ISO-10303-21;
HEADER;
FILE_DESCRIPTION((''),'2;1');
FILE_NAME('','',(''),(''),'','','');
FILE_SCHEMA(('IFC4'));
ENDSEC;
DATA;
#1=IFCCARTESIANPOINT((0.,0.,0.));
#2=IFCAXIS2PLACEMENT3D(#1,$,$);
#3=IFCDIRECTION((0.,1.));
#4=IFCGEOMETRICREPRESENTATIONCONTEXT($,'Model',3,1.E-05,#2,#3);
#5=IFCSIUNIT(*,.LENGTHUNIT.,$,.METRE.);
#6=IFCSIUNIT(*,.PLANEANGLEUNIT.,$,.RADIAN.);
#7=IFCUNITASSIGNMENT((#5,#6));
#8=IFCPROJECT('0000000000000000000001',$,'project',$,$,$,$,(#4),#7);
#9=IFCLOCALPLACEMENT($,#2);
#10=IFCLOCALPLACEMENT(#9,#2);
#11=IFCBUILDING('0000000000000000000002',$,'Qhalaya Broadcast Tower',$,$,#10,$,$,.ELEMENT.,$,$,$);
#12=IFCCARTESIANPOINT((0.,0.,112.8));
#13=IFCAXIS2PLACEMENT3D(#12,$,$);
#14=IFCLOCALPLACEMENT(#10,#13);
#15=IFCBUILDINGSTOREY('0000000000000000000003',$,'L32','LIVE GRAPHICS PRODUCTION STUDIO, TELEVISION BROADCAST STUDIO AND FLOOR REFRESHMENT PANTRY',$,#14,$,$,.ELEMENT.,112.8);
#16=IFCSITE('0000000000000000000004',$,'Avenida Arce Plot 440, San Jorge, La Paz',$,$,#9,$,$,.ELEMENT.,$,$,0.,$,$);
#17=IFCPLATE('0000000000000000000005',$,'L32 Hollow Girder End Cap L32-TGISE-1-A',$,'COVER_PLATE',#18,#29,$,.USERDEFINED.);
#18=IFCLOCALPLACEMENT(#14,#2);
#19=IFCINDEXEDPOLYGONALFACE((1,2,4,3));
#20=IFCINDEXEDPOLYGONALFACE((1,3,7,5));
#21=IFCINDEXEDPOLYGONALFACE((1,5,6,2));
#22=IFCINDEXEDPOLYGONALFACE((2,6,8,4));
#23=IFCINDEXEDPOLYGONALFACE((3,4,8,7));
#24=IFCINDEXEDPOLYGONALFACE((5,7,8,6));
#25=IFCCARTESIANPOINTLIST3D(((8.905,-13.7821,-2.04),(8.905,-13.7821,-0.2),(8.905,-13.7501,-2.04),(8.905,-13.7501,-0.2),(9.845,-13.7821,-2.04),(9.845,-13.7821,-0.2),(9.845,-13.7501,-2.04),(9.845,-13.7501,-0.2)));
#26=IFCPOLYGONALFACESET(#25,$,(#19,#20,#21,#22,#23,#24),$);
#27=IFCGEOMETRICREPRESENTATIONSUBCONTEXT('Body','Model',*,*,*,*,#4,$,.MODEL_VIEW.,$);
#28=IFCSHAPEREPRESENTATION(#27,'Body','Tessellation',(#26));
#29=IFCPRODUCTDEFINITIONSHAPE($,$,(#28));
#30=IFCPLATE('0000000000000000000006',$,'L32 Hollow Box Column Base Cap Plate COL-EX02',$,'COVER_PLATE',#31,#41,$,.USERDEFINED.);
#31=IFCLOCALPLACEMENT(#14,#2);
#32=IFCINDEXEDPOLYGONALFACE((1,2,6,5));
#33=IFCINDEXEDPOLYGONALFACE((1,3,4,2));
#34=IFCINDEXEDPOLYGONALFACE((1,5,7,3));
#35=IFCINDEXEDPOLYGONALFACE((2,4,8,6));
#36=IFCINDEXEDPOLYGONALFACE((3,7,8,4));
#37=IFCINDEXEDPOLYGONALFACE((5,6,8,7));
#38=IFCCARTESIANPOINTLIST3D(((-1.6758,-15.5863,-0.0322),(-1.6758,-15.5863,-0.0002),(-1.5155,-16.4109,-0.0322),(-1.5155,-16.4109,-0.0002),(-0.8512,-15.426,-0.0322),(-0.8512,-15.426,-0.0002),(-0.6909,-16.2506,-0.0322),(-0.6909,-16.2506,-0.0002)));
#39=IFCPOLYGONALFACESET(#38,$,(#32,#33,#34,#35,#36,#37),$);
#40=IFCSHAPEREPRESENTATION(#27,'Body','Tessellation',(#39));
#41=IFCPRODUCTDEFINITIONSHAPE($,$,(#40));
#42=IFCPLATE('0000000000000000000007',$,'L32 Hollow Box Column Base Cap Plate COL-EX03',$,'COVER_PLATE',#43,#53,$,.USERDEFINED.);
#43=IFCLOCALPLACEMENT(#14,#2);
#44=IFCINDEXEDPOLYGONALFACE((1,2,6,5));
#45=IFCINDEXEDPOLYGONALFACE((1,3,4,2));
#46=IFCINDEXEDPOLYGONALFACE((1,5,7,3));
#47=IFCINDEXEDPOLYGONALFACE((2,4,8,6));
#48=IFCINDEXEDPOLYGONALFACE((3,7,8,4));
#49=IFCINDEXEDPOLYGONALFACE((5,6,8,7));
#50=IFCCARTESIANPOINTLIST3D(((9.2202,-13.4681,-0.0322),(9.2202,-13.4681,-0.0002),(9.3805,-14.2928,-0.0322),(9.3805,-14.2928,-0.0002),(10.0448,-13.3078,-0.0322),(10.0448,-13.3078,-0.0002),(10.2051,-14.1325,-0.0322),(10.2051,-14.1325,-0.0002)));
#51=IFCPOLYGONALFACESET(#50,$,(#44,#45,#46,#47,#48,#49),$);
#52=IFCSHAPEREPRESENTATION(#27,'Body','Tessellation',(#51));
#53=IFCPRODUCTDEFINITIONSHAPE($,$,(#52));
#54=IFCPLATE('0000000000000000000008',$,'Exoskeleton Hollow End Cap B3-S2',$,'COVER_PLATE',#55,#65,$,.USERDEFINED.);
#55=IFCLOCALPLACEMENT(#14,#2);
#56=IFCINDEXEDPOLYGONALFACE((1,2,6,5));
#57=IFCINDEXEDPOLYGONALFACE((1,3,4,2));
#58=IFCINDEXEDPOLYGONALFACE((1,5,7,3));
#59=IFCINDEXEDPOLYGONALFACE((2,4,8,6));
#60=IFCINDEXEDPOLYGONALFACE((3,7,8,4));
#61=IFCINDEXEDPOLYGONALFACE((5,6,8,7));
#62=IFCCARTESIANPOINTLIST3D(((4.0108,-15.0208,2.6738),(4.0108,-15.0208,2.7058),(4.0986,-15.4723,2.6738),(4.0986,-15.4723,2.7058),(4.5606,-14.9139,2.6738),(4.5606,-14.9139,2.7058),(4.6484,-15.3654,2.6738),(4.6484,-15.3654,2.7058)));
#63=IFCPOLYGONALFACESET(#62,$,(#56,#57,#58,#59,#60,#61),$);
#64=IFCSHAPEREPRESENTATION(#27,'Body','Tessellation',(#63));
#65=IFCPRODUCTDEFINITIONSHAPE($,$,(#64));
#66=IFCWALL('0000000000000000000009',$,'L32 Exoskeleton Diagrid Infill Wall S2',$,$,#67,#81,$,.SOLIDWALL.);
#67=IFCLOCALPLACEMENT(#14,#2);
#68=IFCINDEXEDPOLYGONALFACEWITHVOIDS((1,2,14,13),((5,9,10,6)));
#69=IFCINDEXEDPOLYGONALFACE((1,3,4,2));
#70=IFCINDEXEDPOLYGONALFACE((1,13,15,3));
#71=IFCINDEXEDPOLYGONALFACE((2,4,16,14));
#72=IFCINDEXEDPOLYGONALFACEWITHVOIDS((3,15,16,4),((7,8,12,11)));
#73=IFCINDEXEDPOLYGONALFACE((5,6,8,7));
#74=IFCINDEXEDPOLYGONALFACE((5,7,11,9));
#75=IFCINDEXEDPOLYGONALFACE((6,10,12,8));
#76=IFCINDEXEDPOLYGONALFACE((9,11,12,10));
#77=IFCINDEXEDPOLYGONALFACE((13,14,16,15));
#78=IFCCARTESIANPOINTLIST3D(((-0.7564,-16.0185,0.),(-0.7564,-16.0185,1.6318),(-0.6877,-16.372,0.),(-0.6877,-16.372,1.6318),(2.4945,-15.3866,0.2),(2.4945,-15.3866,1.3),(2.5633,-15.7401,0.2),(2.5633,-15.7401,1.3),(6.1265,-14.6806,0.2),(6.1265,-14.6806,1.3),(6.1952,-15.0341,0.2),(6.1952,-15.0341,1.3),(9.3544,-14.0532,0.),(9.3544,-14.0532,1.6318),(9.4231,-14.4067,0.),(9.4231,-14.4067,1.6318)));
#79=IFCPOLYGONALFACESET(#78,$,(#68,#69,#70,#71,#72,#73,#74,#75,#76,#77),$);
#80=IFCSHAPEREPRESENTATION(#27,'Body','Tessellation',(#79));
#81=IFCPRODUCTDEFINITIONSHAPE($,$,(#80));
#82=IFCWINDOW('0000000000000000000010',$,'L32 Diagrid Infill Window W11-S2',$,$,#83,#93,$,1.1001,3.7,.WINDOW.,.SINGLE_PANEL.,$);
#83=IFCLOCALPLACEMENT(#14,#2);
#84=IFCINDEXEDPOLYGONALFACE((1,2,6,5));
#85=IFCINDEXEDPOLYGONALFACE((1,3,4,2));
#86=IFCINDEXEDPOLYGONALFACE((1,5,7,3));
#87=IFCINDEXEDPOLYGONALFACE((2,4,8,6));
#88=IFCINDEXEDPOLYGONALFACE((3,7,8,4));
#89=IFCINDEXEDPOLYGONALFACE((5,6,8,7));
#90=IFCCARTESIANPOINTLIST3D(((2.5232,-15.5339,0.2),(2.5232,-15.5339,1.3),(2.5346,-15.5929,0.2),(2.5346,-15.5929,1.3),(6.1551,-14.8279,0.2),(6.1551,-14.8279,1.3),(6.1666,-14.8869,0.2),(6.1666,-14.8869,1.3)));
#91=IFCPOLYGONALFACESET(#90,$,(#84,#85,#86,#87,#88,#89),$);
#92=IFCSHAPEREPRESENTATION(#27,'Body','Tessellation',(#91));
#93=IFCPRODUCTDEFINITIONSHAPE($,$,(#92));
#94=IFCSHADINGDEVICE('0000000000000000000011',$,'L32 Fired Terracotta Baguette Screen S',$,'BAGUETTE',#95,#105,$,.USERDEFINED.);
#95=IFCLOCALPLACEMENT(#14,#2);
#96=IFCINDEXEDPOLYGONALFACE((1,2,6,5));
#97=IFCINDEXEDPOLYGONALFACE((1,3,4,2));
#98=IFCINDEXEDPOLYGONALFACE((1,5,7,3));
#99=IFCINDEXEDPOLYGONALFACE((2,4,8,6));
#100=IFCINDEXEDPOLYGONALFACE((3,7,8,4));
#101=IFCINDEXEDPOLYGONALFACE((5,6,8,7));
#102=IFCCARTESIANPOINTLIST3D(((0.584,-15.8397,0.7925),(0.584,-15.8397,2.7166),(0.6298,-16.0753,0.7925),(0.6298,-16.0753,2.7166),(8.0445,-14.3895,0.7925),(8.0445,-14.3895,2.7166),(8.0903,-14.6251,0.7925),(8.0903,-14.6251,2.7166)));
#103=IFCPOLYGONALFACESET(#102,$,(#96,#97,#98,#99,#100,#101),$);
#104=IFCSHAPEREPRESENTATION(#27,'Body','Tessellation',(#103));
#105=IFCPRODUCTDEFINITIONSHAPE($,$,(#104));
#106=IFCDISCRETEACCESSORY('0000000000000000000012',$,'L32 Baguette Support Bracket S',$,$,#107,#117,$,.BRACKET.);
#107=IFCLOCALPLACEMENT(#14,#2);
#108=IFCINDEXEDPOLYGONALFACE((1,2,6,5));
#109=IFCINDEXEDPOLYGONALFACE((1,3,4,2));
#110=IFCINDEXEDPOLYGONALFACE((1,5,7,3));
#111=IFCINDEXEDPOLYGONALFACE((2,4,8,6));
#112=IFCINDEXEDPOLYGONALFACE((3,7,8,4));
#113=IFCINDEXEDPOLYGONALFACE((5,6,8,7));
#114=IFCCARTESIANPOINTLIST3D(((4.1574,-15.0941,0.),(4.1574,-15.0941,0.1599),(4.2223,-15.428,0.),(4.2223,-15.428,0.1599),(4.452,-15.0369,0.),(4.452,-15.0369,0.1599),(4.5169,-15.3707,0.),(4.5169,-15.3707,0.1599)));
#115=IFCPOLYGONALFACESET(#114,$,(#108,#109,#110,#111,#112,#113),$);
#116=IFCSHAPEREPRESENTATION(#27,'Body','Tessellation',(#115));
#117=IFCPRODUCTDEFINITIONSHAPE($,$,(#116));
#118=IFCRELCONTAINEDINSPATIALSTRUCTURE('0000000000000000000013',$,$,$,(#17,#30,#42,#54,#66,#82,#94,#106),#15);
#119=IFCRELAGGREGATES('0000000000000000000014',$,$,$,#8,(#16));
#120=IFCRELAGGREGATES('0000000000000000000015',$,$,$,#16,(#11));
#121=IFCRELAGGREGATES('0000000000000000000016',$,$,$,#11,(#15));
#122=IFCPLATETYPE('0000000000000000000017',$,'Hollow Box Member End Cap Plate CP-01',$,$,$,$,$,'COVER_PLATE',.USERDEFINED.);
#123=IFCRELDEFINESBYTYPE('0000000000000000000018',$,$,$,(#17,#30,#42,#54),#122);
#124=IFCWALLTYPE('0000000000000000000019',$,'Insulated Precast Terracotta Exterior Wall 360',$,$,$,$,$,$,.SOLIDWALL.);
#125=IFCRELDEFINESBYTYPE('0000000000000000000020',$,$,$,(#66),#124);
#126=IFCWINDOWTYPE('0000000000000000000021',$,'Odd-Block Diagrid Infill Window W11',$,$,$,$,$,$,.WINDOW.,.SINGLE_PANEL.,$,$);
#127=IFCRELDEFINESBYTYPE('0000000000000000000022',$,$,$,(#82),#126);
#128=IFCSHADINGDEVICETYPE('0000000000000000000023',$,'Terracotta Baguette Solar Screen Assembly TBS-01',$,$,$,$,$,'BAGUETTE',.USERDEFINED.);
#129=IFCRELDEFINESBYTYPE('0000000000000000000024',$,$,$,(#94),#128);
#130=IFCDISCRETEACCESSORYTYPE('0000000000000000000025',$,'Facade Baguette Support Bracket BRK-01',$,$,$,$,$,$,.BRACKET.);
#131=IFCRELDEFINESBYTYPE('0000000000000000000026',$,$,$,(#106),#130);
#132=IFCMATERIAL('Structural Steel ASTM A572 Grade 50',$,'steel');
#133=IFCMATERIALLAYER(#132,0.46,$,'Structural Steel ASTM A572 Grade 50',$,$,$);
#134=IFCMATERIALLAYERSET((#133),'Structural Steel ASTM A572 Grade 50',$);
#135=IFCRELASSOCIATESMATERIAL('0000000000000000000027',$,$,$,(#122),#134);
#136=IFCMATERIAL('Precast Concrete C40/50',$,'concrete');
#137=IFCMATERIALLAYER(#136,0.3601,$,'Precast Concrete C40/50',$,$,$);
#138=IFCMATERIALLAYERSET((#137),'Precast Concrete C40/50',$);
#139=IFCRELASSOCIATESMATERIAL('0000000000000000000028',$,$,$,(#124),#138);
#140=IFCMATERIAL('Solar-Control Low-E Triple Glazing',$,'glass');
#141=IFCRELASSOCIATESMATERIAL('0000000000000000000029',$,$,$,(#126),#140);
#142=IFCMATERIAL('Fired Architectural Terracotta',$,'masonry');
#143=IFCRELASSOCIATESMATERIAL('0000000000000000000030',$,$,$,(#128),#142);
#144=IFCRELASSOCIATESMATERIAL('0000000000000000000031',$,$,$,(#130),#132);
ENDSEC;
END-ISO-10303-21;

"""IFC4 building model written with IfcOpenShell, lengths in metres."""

from ifc_helpers import new_model, si_unit, direction, frame, frame_2d, origin, origin_2d, place, context, subcontext, project, spatial, rectangle, extrude, material, layer, layer_set, type_object, element, fill, save


model = new_model("IFC4")

# Units and contexts
model_context = context("Model", 3, precision=1e-05, world=origin(), true_north=direction((0.0, 1.0)))
body_context = subcontext(model_context, "Body", "Model", "MODEL_VIEW")
ifc_project = project(units=[si_unit("LENGTHUNIT", "METRE"), si_unit("PLANEANGLEUNIT", "RADIAN")], contexts=[model_context])

# Site, building, storey
site_placement = place(None, origin())
site = spatial("IfcSite", under=ifc_project, at=site_placement, Name="Avenida Arce Plot 440, San Jorge, La Paz", CompositionType="ELEMENT", RefElevation=0.0)
building_placement = place(site_placement, origin())
building = spatial("IfcBuilding", under=site, at=building_placement, Name="Qhalaya Broadcast Tower", CompositionType="ELEMENT")
storey_placement = place(building_placement, frame((0.0, 0.0, 112.8)))
storey = spatial("IfcBuildingStorey", under=building, at=storey_placement, Name="L32", Description="LIVE GRAPHICS PRODUCTION STUDIO, TELEVISION BROADCAST STUDIO AND FLOOR REFRESHMENT PANTRY", CompositionType="ELEMENT", Elevation=112.8)

# Shared definitions
ifc_material_1 = material(Name="Structural Steel ASTM A572 Grade 50", Category="steel")

# Plates
ifc_layer_1 = layer(ifc_material_1, 0.46, Name="Structural Steel ASTM A572 Grade 50")
ifc_layer_set_1 = layer_set([ifc_layer_1], Name="Structural Steel ASTM A572 Grade 50")
plate_type_1 = type_object("IfcPlateType", Name="Hollow Box Member End Cap Plate CP-01", ElementType="COVER_PLATE", PredefinedType="USERDEFINED", material=ifc_layer_set_1)
for number, where, z_axis, x_axis, name in (
    (1, (9.375, -13.7661, -2.04), (0.0, 0.0, 1.0), (-1.0, 0.0, 0.0), "L32 Hollow Girder End Cap L32-TGISE-1-A"),
):
    element("IfcPlate", number, at=place(storey_placement, frame(where, z_axis=z_axis, x_axis=x_axis)), inside=storey, type_object=plate_type_1, Name=name, ObjectType="COVER_PLATE", PredefinedType="USERDEFINED", context=body_context, shape_type="SweptSolid", body=[
        extrude(rectangle(XDim=0.9399, YDim=0.032, at=origin_2d()), origin(), (0.0, 0.0, 1.0), 1.8401),
    ])
for number, where, z_axis, x_axis, name in (
    (2, (-1.1833, -15.9185, -0.0322), (0.0, 0.0, 1.0), (0.981627, 0.190809, 0.0), "L32 Hollow Box Column Base Cap Plate COL-EX02"),
    (3, (9.7126, -13.8003, -0.0322), (0.0, 0.0, 1.0), (0.981627, 0.190809, 0.0), "L32 Hollow Box Column Base Cap Plate COL-EX03"),
):
    element("IfcPlate", number, at=place(storey_placement, frame(where, z_axis=z_axis, x_axis=x_axis)), inside=storey, type_object=plate_type_1, Name=name, ObjectType="COVER_PLATE", PredefinedType="USERDEFINED", context=body_context, shape_type="SweptSolid", body=[
        extrude(rectangle(XDim=0.8401, YDim=0.8401, at=origin_2d()), origin(), (0.0, 0.0, 1.0), 0.032),
    ])
plate_1_placement = place(storey_placement, frame((4.3296, -15.1931, 2.6738), z_axis=(0.0, 0.0, 1.0), x_axis=(0.981627, 0.190809, 0.0)))
element("IfcPlate", 4, at=plate_1_placement, inside=storey, type_object=plate_type_1, Name="Exoskeleton Hollow End Cap B3-S2", ObjectType="COVER_PLATE", PredefinedType="USERDEFINED", context=body_context, shape_type="SweptSolid", body=[
    extrude(rectangle(XDim=0.5601, YDim=0.46, at=origin_2d()), origin(), (0.0, 0.0, 1.0), 0.032),
])

# Wall, opening, window
ifc_material_2 = material(Name="Precast Concrete C40/50", Category="concrete")
ifc_layer_2 = layer(ifc_material_2, 0.3601, Name="Precast Concrete C40/50")
ifc_layer_set_2 = layer_set([ifc_layer_2], Name="Precast Concrete C40/50")
wall_type = type_object("IfcWallType", Name="Insulated Precast Terracotta Exterior Wall 360", PredefinedType="SOLIDWALL", material=ifc_layer_set_2)
wall_placement = place(storey_placement, frame((9.3887, -14.23, 0.0), z_axis=(0.0, 0.0, 1.0), x_axis=(-0.981627, -0.190807, 0.0)))
wall = element("IfcWall", 5, at=wall_placement, inside=storey, type_object=wall_type, Name="L32 Exoskeleton Diagrid Infill Wall S2", PredefinedType="SOLIDWALL", context=body_context, shape_type="SweptSolid", body=[
    extrude(rectangle(XDim=10.3, YDim=0.3601, at=frame_2d((5.1499, 0.0))), origin(), (0.0, 0.0, 1.0), 1.6318),
])
opening_placement = place(wall_placement, frame((3.2881, 0.0, 0.2)))
opening = element("IfcOpeningElement", 6, at=opening_placement, cuts=wall, PredefinedType="OPENING", context=body_context, shape_type="SweptSolid", body=[
    extrude(rectangle(XDim=3.7, YDim=1.1001, at=frame_2d((1.8501, 0.55))), frame((0.0, 0.1921, 0.0), z_axis=(0.0, -1.0, 0.0), x_axis=(1.0, 0.0, 0.0)), (0.0, 0.0, 1.0), 0.384),
])
ifc_material_3 = material(Name="Solar-Control Low-E Triple Glazing", Category="glass")
window_type = type_object("IfcWindowType", Name="Odd-Block Diagrid Infill Window W11", PartitioningType="SINGLE_PANEL", PredefinedType="WINDOW", material=ifc_material_3)
window_placement = place(opening_placement, origin())
window = element("IfcWindow", 7, at=window_placement, inside=storey, type_object=window_type, Name="L32 Diagrid Infill Window W11-S2", OverallHeight=1.1001, OverallWidth=3.7, PartitioningType="SINGLE_PANEL", PredefinedType="WINDOW", context=body_context, shape_type="SweptSolid", body=[
    extrude(rectangle(XDim=3.7, YDim=1.1001, at=frame_2d((1.8501, 0.55))), frame((0.0, 0.03, 0.0), z_axis=(0.0, -1.0, 0.0), x_axis=(1.0, 0.0, 0.0)), (0.0, 0.0, 1.0), 0.0601),
])
fill(opening, window)

# Shading device
ifc_material_4 = material(Name="Fired Architectural Terracotta", Category="masonry")
shading_device_type = type_object("IfcShadingDeviceType", Name="Terracotta Baguette Solar Screen Assembly TBS-01", ElementType="BAGUETTE", PredefinedType="USERDEFINED", material=ifc_material_4)
shading_device_placement = place(storey_placement, frame((4.3372, -15.2324, 0.7925), z_axis=(0.0, 0.0, 1.0), x_axis=(0.981627, 0.190809, 0.0)))
element("IfcShadingDevice", 8, at=shading_device_placement, inside=storey, type_object=shading_device_type, Name="L32 Fired Terracotta Baguette Screen S", ObjectType="BAGUETTE", PredefinedType="USERDEFINED", context=body_context, shape_type="SweptSolid", body=[
    extrude(rectangle(XDim=7.6001, YDim=0.24, at=origin_2d()), origin(), (0.0, 0.0, 1.0), 1.9241),
])

# Discrete accessory
discrete_accessory_type = type_object("IfcDiscreteAccessoryType", Name="Facade Baguette Support Bracket BRK-01", PredefinedType="BRACKET", material=ifc_material_1)
discrete_accessory_placement = place(storey_placement, frame((4.3372, -15.2324, 0.0), z_axis=(0.0, 0.0, 1.0), x_axis=(0.981627, 0.190809, 0.0)))
element("IfcDiscreteAccessory", 9, at=discrete_accessory_placement, inside=storey, type_object=discrete_accessory_type, Name="L32 Baguette Support Bracket S", PredefinedType="BRACKET", context=body_context, shape_type="SweptSolid", body=[
    extrude(rectangle(XDim=0.3, YDim=0.3401, at=origin_2d()), origin(), (0.0, 0.0, 1.0), 0.1599),
])

save(model, "model.ifc")
